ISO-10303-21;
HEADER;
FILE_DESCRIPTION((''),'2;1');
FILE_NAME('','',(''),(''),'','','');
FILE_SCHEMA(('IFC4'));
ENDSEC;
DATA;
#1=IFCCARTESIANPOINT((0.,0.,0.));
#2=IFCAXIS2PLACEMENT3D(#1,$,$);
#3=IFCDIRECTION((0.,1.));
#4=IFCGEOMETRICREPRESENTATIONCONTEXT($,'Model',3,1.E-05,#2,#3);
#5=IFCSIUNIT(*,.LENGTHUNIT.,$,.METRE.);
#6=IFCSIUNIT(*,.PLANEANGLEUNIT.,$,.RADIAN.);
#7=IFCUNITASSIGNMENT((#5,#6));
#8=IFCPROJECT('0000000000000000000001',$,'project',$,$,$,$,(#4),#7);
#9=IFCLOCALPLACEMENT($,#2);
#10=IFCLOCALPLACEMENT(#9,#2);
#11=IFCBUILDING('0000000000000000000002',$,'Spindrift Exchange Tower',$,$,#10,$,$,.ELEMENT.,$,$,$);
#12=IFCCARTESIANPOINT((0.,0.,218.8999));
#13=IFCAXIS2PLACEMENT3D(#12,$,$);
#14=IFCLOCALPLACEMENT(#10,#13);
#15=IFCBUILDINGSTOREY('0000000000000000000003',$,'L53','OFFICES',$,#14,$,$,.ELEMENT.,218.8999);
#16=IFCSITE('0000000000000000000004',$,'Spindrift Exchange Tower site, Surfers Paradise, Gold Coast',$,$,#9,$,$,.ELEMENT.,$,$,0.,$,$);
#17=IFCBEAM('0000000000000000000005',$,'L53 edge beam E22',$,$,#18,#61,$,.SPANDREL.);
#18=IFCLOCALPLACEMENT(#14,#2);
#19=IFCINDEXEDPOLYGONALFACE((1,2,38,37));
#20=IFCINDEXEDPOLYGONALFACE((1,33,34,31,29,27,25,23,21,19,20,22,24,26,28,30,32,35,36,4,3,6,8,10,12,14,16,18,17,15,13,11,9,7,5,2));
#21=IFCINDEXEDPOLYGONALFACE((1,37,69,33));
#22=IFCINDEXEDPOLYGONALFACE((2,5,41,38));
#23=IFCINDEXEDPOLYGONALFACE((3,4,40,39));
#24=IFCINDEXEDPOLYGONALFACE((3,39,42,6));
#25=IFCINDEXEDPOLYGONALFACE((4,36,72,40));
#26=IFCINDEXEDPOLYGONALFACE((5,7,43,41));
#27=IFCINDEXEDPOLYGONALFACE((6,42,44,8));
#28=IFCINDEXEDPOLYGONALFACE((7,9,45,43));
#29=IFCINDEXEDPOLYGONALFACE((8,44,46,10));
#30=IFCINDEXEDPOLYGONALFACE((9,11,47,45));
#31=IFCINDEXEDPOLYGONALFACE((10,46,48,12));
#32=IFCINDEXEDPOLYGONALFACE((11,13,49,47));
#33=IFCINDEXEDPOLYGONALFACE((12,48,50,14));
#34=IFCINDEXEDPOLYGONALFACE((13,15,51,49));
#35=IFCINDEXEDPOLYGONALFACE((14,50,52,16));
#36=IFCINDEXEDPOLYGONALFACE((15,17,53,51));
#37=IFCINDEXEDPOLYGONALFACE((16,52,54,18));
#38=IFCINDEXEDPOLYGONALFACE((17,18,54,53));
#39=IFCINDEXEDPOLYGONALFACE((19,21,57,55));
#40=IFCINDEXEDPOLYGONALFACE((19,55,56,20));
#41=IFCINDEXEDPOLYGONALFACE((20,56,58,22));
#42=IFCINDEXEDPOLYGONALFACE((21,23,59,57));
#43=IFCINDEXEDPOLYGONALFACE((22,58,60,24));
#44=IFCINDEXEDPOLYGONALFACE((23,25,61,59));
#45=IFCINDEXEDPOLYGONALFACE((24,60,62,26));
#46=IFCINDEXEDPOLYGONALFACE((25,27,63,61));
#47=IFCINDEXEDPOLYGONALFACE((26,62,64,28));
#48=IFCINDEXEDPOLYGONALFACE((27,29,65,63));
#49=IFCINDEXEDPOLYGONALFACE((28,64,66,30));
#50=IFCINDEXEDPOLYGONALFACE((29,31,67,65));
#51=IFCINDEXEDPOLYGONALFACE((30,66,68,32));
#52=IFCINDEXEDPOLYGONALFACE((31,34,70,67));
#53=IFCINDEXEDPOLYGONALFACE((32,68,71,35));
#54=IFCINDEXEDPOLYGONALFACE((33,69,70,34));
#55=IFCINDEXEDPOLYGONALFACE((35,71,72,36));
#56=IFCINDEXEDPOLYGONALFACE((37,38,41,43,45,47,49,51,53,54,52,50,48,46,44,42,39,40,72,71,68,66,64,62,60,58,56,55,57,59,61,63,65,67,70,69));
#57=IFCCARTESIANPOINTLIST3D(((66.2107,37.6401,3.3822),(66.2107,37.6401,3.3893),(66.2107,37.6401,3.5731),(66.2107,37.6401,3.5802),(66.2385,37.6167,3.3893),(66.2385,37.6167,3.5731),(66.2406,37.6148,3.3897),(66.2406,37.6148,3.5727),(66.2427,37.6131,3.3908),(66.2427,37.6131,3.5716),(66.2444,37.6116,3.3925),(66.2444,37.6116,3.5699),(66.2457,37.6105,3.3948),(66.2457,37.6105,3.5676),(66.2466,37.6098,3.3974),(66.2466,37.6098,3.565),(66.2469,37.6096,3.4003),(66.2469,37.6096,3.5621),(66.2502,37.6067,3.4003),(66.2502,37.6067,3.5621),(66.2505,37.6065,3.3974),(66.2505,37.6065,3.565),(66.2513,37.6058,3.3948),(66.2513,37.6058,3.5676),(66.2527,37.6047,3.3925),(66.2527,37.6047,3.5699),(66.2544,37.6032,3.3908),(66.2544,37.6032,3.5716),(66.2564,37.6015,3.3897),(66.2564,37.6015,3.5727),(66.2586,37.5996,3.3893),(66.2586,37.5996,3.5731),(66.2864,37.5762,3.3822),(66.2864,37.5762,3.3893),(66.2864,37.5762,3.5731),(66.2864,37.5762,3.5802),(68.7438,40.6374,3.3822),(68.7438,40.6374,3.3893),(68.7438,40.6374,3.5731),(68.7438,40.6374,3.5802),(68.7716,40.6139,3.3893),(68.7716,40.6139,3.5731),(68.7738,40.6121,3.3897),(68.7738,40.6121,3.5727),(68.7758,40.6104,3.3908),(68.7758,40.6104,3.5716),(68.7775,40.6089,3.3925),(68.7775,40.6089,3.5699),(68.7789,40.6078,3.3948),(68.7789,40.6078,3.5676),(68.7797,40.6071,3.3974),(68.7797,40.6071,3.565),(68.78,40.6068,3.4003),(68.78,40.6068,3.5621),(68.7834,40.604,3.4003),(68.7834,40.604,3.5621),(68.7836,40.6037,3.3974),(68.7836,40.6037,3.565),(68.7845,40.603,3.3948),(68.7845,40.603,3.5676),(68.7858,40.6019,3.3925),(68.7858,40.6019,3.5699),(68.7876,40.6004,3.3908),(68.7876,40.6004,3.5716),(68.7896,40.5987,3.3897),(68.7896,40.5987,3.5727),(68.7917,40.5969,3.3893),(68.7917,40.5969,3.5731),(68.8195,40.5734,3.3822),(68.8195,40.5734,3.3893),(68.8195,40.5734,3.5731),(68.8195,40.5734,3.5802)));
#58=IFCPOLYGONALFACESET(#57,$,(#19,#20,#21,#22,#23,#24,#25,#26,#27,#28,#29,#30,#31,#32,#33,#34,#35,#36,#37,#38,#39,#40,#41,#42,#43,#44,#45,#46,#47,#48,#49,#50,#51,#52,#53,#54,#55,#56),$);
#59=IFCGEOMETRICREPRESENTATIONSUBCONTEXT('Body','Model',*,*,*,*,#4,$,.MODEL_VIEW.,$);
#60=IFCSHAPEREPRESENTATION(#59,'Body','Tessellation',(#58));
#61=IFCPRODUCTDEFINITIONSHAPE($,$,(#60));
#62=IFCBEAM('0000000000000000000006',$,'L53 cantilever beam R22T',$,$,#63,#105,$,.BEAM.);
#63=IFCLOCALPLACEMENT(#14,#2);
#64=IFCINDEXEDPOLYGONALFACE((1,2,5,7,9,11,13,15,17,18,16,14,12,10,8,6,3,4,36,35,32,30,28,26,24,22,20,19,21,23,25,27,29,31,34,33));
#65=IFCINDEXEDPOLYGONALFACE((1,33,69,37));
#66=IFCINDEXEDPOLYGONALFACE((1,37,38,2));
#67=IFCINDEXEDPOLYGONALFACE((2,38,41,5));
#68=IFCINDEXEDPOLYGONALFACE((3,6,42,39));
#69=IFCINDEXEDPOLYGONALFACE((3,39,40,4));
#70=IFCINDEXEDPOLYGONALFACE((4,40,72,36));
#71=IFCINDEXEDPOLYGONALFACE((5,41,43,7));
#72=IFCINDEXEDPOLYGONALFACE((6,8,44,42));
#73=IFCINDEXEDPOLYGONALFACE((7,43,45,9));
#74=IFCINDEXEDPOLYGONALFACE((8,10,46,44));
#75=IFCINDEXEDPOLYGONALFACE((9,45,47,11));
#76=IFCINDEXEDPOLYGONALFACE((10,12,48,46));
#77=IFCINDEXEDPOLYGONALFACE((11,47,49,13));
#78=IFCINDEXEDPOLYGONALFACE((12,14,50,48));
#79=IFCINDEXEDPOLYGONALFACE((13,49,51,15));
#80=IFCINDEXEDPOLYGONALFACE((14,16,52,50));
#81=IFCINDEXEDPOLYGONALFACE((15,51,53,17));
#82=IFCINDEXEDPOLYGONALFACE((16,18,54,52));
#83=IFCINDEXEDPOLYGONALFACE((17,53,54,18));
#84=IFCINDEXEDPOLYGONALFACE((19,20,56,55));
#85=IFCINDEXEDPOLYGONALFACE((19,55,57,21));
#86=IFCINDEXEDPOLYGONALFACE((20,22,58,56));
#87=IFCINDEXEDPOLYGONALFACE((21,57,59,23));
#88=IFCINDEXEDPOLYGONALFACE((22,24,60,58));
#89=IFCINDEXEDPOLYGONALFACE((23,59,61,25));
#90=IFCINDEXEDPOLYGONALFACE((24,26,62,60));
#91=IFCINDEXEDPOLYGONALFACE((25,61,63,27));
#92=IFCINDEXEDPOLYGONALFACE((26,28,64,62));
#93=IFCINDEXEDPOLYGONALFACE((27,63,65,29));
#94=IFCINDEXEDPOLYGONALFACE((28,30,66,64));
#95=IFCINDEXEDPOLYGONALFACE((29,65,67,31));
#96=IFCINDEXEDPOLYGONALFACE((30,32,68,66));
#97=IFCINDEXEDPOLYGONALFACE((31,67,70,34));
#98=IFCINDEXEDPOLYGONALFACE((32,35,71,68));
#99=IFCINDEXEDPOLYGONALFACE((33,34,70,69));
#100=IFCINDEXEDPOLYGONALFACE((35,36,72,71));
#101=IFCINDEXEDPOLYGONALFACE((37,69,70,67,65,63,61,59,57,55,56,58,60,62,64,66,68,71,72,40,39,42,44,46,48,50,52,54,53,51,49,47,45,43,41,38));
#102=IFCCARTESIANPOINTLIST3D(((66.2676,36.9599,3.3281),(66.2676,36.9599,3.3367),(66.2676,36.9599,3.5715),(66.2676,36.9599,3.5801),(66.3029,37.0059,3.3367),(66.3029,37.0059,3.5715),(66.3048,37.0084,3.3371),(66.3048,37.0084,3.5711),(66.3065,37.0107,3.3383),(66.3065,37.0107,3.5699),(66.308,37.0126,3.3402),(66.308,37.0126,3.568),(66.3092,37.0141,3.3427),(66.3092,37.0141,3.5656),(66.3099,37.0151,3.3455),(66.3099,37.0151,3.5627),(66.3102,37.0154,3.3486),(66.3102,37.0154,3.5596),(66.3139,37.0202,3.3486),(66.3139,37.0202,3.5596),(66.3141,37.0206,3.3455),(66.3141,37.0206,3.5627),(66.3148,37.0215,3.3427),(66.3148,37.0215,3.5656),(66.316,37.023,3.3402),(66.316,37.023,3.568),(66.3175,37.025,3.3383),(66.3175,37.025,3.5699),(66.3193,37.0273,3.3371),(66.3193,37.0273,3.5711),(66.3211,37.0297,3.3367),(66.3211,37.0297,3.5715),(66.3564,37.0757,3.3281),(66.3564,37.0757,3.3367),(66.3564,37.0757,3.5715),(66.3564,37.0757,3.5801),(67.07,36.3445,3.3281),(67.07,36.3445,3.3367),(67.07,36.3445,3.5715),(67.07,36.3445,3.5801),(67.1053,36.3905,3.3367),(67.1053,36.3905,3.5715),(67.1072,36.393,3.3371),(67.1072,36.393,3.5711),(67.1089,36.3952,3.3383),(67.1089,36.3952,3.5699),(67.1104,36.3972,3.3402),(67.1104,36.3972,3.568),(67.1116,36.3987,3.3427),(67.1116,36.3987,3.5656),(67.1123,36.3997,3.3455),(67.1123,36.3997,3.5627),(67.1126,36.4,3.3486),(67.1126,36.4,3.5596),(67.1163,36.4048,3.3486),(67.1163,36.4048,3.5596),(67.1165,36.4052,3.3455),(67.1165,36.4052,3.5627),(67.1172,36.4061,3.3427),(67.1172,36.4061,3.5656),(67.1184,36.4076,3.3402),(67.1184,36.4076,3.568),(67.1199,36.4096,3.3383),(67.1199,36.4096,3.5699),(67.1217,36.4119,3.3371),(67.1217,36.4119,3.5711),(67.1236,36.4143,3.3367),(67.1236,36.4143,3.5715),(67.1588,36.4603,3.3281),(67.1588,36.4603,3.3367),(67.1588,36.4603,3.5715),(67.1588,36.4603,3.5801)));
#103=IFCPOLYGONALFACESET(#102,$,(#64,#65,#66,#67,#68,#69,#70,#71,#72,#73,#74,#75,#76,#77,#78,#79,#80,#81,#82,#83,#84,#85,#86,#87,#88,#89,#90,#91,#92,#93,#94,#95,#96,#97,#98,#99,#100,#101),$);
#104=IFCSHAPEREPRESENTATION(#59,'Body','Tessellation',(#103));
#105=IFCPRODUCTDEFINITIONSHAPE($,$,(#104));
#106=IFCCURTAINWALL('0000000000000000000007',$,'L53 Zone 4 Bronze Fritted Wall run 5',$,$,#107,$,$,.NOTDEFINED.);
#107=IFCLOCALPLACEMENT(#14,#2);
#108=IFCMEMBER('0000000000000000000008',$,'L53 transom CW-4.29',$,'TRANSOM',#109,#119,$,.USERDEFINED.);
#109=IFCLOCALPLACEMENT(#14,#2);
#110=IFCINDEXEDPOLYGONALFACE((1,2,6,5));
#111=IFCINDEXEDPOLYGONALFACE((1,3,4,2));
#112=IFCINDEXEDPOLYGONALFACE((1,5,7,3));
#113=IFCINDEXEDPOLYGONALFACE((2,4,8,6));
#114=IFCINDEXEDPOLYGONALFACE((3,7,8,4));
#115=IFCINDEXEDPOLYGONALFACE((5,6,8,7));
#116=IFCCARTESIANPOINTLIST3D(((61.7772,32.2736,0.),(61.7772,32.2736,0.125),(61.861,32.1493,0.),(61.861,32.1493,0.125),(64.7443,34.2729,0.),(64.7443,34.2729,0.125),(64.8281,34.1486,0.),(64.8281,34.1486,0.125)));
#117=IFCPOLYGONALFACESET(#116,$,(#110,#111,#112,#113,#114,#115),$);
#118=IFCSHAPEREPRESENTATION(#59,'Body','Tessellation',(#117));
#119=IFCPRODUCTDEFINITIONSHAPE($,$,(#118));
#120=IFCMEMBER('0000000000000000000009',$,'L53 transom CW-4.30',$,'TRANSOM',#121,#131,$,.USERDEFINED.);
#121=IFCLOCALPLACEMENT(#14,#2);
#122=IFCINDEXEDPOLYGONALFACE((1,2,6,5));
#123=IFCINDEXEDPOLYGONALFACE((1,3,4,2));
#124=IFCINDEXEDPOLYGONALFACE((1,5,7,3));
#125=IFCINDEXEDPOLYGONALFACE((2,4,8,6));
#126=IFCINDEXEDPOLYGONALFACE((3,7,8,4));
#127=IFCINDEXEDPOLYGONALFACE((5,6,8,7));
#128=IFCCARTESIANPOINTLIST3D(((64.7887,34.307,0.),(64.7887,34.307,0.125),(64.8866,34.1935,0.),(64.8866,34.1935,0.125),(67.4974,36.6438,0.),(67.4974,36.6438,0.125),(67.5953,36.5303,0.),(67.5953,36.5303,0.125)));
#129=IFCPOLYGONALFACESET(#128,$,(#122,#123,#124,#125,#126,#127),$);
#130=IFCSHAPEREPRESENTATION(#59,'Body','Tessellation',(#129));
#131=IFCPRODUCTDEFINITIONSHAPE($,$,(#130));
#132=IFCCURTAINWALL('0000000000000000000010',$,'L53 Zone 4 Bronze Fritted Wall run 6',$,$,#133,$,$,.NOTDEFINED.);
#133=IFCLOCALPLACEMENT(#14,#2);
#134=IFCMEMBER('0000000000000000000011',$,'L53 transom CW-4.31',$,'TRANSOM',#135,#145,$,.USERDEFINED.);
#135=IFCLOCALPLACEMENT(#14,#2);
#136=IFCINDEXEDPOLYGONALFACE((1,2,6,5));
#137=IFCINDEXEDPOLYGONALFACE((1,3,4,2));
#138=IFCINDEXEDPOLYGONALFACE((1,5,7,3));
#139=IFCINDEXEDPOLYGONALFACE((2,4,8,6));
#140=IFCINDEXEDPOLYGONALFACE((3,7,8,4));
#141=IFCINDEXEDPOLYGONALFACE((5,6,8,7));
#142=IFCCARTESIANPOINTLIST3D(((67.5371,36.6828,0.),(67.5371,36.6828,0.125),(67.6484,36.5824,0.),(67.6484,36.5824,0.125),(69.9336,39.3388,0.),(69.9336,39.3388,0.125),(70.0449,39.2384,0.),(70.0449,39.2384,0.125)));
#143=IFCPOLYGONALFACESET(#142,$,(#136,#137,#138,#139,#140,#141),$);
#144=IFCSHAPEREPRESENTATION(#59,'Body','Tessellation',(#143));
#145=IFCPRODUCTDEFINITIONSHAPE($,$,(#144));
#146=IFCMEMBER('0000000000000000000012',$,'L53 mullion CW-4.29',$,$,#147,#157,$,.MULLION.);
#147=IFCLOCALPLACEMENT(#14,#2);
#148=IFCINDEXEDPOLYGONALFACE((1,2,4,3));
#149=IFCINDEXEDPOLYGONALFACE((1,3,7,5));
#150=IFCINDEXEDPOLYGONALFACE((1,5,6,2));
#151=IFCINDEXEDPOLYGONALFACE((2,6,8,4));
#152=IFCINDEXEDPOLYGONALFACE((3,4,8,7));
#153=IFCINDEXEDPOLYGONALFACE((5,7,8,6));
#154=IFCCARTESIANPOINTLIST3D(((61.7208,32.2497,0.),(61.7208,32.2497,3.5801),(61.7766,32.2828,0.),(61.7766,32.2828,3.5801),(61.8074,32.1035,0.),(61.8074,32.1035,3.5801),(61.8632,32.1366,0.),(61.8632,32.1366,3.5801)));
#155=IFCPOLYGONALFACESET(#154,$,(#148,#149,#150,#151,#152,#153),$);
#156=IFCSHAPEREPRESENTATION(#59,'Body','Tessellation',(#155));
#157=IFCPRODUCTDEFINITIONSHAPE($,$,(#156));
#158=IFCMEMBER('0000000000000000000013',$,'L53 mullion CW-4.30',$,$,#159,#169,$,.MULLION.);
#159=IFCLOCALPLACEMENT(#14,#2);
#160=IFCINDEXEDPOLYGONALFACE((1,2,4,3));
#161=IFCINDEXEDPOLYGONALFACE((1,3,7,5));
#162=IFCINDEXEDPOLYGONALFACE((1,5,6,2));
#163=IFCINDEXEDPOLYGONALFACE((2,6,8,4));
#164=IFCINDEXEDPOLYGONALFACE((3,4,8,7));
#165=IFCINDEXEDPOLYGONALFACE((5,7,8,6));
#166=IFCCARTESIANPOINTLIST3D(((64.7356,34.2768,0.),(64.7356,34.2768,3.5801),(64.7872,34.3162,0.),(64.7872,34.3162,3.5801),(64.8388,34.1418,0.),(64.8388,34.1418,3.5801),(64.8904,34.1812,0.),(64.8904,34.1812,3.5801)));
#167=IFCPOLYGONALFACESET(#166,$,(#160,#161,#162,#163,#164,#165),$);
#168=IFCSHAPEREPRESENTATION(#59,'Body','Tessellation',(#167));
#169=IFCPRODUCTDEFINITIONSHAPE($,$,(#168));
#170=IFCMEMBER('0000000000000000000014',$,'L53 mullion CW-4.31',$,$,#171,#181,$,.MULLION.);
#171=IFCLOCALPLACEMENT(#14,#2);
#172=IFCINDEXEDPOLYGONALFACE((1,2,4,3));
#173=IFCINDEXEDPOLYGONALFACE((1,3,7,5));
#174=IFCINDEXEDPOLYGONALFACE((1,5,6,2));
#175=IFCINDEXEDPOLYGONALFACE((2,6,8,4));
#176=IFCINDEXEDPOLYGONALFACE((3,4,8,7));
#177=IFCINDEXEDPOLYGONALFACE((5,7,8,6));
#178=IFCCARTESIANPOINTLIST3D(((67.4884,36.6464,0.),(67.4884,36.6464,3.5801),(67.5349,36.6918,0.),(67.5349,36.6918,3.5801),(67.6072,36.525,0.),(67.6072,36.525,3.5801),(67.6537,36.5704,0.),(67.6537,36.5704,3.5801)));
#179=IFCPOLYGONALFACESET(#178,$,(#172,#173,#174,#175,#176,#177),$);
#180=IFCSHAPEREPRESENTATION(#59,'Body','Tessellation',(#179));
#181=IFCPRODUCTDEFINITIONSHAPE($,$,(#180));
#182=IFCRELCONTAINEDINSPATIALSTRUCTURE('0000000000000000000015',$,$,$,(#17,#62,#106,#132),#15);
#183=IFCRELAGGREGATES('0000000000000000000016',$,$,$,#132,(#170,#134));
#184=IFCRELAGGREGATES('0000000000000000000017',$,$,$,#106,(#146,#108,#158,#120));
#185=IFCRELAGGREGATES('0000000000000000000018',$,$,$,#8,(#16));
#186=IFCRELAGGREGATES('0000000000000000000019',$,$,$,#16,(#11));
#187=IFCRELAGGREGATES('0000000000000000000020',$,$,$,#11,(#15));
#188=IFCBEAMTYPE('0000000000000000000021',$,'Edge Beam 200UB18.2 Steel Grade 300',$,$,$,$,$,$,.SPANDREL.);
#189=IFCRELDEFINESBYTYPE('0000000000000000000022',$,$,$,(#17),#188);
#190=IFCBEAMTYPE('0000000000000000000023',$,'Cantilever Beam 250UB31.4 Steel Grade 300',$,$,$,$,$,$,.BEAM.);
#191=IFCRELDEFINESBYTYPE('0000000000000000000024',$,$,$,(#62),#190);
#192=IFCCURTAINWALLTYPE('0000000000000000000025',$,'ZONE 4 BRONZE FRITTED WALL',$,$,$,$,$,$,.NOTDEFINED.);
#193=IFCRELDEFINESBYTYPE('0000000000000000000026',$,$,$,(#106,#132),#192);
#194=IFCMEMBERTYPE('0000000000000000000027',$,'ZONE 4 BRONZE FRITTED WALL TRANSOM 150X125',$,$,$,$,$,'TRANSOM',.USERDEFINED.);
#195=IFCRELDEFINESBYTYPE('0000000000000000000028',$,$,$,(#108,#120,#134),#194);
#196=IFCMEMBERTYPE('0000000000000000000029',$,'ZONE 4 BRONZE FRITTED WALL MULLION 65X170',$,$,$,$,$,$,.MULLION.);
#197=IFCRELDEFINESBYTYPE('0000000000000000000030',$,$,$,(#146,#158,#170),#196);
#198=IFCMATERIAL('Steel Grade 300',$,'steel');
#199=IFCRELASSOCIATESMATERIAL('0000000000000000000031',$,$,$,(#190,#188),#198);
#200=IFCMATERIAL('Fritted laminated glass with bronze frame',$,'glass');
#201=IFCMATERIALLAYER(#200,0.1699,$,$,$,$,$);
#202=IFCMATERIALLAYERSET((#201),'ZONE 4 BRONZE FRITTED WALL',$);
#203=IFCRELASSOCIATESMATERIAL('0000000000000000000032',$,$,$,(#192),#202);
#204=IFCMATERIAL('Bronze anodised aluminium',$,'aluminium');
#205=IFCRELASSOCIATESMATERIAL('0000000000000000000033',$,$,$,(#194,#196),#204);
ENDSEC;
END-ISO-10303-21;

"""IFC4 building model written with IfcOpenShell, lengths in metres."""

from ifc_helpers import new_model, si_unit, direction, frame, origin, origin_2d, place, context, subcontext, project, spatial, rectangle, i_section, extrude, source, transform, mapped, material, layer, layer_set, material_profile, profile_set, type_object, element, aggregate, save


model = new_model("IFC4")

# Units and contexts
model_context = context("Model", 3, precision=1e-05, world=origin(), true_north=direction((0.0, 1.0)))
body_context = subcontext(model_context, "Body", "Model", "MODEL_VIEW")
ifc_project = project(units=[si_unit("LENGTHUNIT", "METRE"), si_unit("PLANEANGLEUNIT", "RADIAN")], contexts=[model_context])

# Site, building, storey
site_placement = place(None, origin())
site = spatial("IfcSite", under=ifc_project, at=site_placement, Name="Spindrift Exchange Tower site, Surfers Paradise, Gold Coast", CompositionType="ELEMENT", RefElevation=0.0)
building_placement = place(site_placement, origin())
building = spatial("IfcBuilding", under=site, at=building_placement, Name="Spindrift Exchange Tower", CompositionType="ELEMENT")
storey_placement = place(building_placement, frame((0.0, 0.0, 218.8999)))
storey = spatial("IfcBuildingStorey", under=building, at=storey_placement, Name="L53", Description="OFFICES", CompositionType="ELEMENT", Elevation=218.8999)

# Beams
ifc_material_1 = material(Name="Steel Grade 300", Category="steel")
ifc_material_profile_1 = material_profile(ifc_material_1, i_section(OverallWidth=0.146, OverallDepth=0.252, WebThickness=0.0061, FlangeThickness=0.0085, FilletRadius=0.012, at=origin_2d()), Name="250UB31.4")
ifc_profile_set_1 = profile_set([ifc_material_profile_1], Name="Steel Grade 300")
beam_type_1 = type_object("IfcBeamType", Name="Cantilever Beam 250UB31.4 Steel Grade 300", PredefinedType="BEAM", material=ifc_profile_set_1)
ifc_material_profile_2 = material_profile(ifc_material_1, i_section(OverallWidth=0.0991, OverallDepth=0.198, WebThickness=0.0044, FlangeThickness=0.0071, FilletRadius=0.011, at=origin_2d()), Name="200UB18.2")
ifc_profile_set_2 = profile_set([ifc_material_profile_2], Name="Steel Grade 300")
beam_type_2 = type_object("IfcBeamType", Name="Edge Beam 200UB18.2 Steel Grade 300", PredefinedType="SPANDREL", material=ifc_profile_set_2)
shared_shape_1 = source(origin(), body_context, "Body", "SweptSolid", [
    extrude(i_section(OverallWidth=0.0991, OverallDepth=0.198, WebThickness=0.0044, FlangeThickness=0.0071, FilletRadius=0.011, at=origin_2d()), origin(), (0.0, 0.0, 1.0), 3.9243),
])
beam_1_placement = place(storey_placement, frame((66.2485, 37.6082, 3.4812), z_axis=(0.645499, 0.763761, 0.0), x_axis=(-0.763761, 0.645499, 0.0)))
element("IfcBeam", 1, at=beam_1_placement, inside=storey, type_object=beam_type_2, Name="L53 edge beam E22", PredefinedType="SPANDREL", context=body_context, shape_type="MappedRepresentation", body=[
    mapped(shared_shape_1, transform((0.0, 0.0, 0.0), scale=1.0)),
])
shared_shape_2 = source(origin(), body_context, "Body", "SweptSolid", [
    extrude(i_section(OverallWidth=0.146, OverallDepth=0.252, WebThickness=0.0061, FlangeThickness=0.0085, FilletRadius=0.012, at=origin_2d()), origin(), (0.0, 0.0, 1.0), 1.0112),
])
beam_2_placement = place(storey_placement, frame((66.312, 37.0178, 3.4541), z_axis=(0.793494, -0.608579, 0.0), x_axis=(0.608579, 0.793494, 0.0)))
element("IfcBeam", 2, at=beam_2_placement, inside=storey, type_object=beam_type_1, Name="L53 cantilever beam R22T", PredefinedType="BEAM", context=body_context, shape_type="MappedRepresentation", body=[
    mapped(shared_shape_2, transform((0.0, 0.0, 0.0), scale=1.0)),
])

# Curtain wall, members
ifc_material_2 = material(Name="Fritted laminated glass with bronze frame", Category="glass")
ifc_layer_1 = layer(ifc_material_2, 0.1699)
ifc_layer_set_1 = layer_set([ifc_layer_1], Name="ZONE 4 BRONZE FRITTED WALL")
curtain_wall_type = type_object("IfcCurtainWallType", Name="ZONE 4 BRONZE FRITTED WALL", PredefinedType="NOTDEFINED", material=ifc_layer_set_1)
curtain_wall_1_placement = place(storey_placement, origin())
curtain_wall_1 = element("IfcCurtainWall", 3, at=curtain_wall_1_placement, inside=storey, type_object=curtain_wall_type, Name="L53 Zone 4 Bronze Fritted Wall run 5", PredefinedType="NOTDEFINED")
ifc_material_3 = material(Name="Bronze anodised aluminium", Category="aluminium")
ifc_material_profile_3 = material_profile(ifc_material_3, rectangle(XDim=0.1499, YDim=0.125, at=origin_2d()), Name="ZONE 4 BRONZE FRITTED WALL TRANSOM 150X125")
ifc_profile_set_3 = profile_set([ifc_material_profile_3], Name="Bronze anodised aluminium")
member_type_1 = type_object("IfcMemberType", Name="ZONE 4 BRONZE FRITTED WALL TRANSOM 150X125", ElementType="TRANSOM", PredefinedType="USERDEFINED", material=ifc_profile_set_3)
shared_shape_3 = source(origin(), body_context, "Body", "SweptSolid", [
    extrude(rectangle(XDim=0.1499, YDim=0.125, at=origin_2d()), origin(), (0.0, 0.0, 1.0), 3.5779),
])
member_1_placement = place(storey_placement, frame((61.8191, 32.2114, 0.0625), z_axis=(0.8293, 0.558803, 0.0), x_axis=(-0.558803, 0.8293, 0.0)))
member_1 = element("IfcMember", 4, at=member_1_placement, type_object=member_type_1, Name="L53 transom CW-4.29", ObjectType="TRANSOM", PredefinedType="USERDEFINED", context=body_context, shape_type="MappedRepresentation", body=[
    mapped(shared_shape_3, transform((0.0, 0.0, 0.0), scale=1.0)),
])
shared_shape_4 = source(origin(), body_context, "Body", "SweptSolid", [
    extrude(rectangle(XDim=0.1499, YDim=0.125, at=origin_2d()), origin(), (0.0, 0.0, 1.0), 3.5774),
])
member_2_placement = place(storey_placement, frame((64.8376, 34.2502, 0.0625), z_axis=(0.757162, 0.653227, 0.0), x_axis=(-0.653227, 0.757162, 0.0)))
member_2 = element("IfcMember", 5, at=member_2_placement, type_object=member_type_1, Name="L53 transom CW-4.30", ObjectType="TRANSOM", PredefinedType="USERDEFINED", context=body_context, shape_type="MappedRepresentation", body=[
    mapped(shared_shape_4, transform((0.0, 0.0, 0.0), scale=1.0)),
])

# Curtain wall, member
curtain_wall_2_placement = place(storey_placement, origin())
curtain_wall_2 = element("IfcCurtainWall", 6, at=curtain_wall_2_placement, inside=storey, type_object=curtain_wall_type, Name="L53 Zone 4 Bronze Fritted Wall run 6", PredefinedType="NOTDEFINED")
member_3_placement = place(storey_placement, frame((67.5928, 36.6326, 0.0625), z_axis=(0.669903, 0.742449, 0.0), x_axis=(-0.742449, 0.669903, 0.0)))
member_3 = element("IfcMember", 7, at=member_3_placement, type_object=member_type_1, Name="L53 transom CW-4.31", ObjectType="TRANSOM", PredefinedType="USERDEFINED", context=body_context, shape_type="MappedRepresentation", body=[
    mapped(shared_shape_4, transform((0.0, 0.0, 0.0), scale=1.0)),
])

# Members
ifc_material_profile_4 = material_profile(ifc_material_3, rectangle(XDim=0.0649, YDim=0.1699, at=origin_2d()), Name="ZONE 4 BRONZE FRITTED WALL MULLION 65X170")
ifc_profile_set_4 = profile_set([ifc_material_profile_4], Name="Bronze anodised aluminium")
member_type_2 = type_object("IfcMemberType", Name="ZONE 4 BRONZE FRITTED WALL MULLION 65X170", PredefinedType="MULLION", material=ifc_profile_set_4)
shared_shape_5 = source(origin(), body_context, "Body", "SweptSolid", [
    extrude(rectangle(XDim=0.0649, YDim=0.1699, at=origin_2d()), origin(), (0.0, 0.0, 1.0), 3.5801),
])
member_4_placement = place(storey_placement, frame((61.792, 32.1931, 0.0), z_axis=(0.0, 0.0, 1.0), x_axis=(0.860383, 0.509647, 0.0)))
member_4 = element("IfcMember", 8, at=member_4_placement, type_object=member_type_2, Name="L53 mullion CW-4.29", PredefinedType="MULLION", context=body_context, shape_type="MappedRepresentation", body=[
    mapped(shared_shape_5, transform((0.0, 0.0, 0.0), scale=1.0)),
])
member_5_placement = place(storey_placement, frame((64.813, 34.229, 0.0), z_axis=(0.0, 0.0, 1.0), x_axis=(0.794625, 0.607101, 0.0)))
member_5 = element("IfcMember", 9, at=member_5_placement, type_object=member_type_2, Name="L53 mullion CW-4.30", PredefinedType="MULLION", context=body_context, shape_type="MappedRepresentation", body=[
    mapped(shared_shape_5, transform((0.0, 0.0, 0.0), scale=1.0)),
])
member_6_placement = place(storey_placement, frame((67.571, 36.6084, 0.0), z_axis=(0.0, 0.0, 1.0), x_axis=(0.714921, 0.699205, 0.0)))
member_6 = element("IfcMember", 10, at=member_6_placement, type_object=member_type_2, Name="L53 mullion CW-4.31", PredefinedType="MULLION", context=body_context, shape_type="MappedRepresentation", body=[
    mapped(shared_shape_5, transform((0.0, 0.0, 0.0), scale=1.0)),
])

aggregate(curtain_wall_2, [member_6, member_3])
aggregate(curtain_wall_1, [member_4, member_1, member_5, member_2])

save(model, "model.ifc")
